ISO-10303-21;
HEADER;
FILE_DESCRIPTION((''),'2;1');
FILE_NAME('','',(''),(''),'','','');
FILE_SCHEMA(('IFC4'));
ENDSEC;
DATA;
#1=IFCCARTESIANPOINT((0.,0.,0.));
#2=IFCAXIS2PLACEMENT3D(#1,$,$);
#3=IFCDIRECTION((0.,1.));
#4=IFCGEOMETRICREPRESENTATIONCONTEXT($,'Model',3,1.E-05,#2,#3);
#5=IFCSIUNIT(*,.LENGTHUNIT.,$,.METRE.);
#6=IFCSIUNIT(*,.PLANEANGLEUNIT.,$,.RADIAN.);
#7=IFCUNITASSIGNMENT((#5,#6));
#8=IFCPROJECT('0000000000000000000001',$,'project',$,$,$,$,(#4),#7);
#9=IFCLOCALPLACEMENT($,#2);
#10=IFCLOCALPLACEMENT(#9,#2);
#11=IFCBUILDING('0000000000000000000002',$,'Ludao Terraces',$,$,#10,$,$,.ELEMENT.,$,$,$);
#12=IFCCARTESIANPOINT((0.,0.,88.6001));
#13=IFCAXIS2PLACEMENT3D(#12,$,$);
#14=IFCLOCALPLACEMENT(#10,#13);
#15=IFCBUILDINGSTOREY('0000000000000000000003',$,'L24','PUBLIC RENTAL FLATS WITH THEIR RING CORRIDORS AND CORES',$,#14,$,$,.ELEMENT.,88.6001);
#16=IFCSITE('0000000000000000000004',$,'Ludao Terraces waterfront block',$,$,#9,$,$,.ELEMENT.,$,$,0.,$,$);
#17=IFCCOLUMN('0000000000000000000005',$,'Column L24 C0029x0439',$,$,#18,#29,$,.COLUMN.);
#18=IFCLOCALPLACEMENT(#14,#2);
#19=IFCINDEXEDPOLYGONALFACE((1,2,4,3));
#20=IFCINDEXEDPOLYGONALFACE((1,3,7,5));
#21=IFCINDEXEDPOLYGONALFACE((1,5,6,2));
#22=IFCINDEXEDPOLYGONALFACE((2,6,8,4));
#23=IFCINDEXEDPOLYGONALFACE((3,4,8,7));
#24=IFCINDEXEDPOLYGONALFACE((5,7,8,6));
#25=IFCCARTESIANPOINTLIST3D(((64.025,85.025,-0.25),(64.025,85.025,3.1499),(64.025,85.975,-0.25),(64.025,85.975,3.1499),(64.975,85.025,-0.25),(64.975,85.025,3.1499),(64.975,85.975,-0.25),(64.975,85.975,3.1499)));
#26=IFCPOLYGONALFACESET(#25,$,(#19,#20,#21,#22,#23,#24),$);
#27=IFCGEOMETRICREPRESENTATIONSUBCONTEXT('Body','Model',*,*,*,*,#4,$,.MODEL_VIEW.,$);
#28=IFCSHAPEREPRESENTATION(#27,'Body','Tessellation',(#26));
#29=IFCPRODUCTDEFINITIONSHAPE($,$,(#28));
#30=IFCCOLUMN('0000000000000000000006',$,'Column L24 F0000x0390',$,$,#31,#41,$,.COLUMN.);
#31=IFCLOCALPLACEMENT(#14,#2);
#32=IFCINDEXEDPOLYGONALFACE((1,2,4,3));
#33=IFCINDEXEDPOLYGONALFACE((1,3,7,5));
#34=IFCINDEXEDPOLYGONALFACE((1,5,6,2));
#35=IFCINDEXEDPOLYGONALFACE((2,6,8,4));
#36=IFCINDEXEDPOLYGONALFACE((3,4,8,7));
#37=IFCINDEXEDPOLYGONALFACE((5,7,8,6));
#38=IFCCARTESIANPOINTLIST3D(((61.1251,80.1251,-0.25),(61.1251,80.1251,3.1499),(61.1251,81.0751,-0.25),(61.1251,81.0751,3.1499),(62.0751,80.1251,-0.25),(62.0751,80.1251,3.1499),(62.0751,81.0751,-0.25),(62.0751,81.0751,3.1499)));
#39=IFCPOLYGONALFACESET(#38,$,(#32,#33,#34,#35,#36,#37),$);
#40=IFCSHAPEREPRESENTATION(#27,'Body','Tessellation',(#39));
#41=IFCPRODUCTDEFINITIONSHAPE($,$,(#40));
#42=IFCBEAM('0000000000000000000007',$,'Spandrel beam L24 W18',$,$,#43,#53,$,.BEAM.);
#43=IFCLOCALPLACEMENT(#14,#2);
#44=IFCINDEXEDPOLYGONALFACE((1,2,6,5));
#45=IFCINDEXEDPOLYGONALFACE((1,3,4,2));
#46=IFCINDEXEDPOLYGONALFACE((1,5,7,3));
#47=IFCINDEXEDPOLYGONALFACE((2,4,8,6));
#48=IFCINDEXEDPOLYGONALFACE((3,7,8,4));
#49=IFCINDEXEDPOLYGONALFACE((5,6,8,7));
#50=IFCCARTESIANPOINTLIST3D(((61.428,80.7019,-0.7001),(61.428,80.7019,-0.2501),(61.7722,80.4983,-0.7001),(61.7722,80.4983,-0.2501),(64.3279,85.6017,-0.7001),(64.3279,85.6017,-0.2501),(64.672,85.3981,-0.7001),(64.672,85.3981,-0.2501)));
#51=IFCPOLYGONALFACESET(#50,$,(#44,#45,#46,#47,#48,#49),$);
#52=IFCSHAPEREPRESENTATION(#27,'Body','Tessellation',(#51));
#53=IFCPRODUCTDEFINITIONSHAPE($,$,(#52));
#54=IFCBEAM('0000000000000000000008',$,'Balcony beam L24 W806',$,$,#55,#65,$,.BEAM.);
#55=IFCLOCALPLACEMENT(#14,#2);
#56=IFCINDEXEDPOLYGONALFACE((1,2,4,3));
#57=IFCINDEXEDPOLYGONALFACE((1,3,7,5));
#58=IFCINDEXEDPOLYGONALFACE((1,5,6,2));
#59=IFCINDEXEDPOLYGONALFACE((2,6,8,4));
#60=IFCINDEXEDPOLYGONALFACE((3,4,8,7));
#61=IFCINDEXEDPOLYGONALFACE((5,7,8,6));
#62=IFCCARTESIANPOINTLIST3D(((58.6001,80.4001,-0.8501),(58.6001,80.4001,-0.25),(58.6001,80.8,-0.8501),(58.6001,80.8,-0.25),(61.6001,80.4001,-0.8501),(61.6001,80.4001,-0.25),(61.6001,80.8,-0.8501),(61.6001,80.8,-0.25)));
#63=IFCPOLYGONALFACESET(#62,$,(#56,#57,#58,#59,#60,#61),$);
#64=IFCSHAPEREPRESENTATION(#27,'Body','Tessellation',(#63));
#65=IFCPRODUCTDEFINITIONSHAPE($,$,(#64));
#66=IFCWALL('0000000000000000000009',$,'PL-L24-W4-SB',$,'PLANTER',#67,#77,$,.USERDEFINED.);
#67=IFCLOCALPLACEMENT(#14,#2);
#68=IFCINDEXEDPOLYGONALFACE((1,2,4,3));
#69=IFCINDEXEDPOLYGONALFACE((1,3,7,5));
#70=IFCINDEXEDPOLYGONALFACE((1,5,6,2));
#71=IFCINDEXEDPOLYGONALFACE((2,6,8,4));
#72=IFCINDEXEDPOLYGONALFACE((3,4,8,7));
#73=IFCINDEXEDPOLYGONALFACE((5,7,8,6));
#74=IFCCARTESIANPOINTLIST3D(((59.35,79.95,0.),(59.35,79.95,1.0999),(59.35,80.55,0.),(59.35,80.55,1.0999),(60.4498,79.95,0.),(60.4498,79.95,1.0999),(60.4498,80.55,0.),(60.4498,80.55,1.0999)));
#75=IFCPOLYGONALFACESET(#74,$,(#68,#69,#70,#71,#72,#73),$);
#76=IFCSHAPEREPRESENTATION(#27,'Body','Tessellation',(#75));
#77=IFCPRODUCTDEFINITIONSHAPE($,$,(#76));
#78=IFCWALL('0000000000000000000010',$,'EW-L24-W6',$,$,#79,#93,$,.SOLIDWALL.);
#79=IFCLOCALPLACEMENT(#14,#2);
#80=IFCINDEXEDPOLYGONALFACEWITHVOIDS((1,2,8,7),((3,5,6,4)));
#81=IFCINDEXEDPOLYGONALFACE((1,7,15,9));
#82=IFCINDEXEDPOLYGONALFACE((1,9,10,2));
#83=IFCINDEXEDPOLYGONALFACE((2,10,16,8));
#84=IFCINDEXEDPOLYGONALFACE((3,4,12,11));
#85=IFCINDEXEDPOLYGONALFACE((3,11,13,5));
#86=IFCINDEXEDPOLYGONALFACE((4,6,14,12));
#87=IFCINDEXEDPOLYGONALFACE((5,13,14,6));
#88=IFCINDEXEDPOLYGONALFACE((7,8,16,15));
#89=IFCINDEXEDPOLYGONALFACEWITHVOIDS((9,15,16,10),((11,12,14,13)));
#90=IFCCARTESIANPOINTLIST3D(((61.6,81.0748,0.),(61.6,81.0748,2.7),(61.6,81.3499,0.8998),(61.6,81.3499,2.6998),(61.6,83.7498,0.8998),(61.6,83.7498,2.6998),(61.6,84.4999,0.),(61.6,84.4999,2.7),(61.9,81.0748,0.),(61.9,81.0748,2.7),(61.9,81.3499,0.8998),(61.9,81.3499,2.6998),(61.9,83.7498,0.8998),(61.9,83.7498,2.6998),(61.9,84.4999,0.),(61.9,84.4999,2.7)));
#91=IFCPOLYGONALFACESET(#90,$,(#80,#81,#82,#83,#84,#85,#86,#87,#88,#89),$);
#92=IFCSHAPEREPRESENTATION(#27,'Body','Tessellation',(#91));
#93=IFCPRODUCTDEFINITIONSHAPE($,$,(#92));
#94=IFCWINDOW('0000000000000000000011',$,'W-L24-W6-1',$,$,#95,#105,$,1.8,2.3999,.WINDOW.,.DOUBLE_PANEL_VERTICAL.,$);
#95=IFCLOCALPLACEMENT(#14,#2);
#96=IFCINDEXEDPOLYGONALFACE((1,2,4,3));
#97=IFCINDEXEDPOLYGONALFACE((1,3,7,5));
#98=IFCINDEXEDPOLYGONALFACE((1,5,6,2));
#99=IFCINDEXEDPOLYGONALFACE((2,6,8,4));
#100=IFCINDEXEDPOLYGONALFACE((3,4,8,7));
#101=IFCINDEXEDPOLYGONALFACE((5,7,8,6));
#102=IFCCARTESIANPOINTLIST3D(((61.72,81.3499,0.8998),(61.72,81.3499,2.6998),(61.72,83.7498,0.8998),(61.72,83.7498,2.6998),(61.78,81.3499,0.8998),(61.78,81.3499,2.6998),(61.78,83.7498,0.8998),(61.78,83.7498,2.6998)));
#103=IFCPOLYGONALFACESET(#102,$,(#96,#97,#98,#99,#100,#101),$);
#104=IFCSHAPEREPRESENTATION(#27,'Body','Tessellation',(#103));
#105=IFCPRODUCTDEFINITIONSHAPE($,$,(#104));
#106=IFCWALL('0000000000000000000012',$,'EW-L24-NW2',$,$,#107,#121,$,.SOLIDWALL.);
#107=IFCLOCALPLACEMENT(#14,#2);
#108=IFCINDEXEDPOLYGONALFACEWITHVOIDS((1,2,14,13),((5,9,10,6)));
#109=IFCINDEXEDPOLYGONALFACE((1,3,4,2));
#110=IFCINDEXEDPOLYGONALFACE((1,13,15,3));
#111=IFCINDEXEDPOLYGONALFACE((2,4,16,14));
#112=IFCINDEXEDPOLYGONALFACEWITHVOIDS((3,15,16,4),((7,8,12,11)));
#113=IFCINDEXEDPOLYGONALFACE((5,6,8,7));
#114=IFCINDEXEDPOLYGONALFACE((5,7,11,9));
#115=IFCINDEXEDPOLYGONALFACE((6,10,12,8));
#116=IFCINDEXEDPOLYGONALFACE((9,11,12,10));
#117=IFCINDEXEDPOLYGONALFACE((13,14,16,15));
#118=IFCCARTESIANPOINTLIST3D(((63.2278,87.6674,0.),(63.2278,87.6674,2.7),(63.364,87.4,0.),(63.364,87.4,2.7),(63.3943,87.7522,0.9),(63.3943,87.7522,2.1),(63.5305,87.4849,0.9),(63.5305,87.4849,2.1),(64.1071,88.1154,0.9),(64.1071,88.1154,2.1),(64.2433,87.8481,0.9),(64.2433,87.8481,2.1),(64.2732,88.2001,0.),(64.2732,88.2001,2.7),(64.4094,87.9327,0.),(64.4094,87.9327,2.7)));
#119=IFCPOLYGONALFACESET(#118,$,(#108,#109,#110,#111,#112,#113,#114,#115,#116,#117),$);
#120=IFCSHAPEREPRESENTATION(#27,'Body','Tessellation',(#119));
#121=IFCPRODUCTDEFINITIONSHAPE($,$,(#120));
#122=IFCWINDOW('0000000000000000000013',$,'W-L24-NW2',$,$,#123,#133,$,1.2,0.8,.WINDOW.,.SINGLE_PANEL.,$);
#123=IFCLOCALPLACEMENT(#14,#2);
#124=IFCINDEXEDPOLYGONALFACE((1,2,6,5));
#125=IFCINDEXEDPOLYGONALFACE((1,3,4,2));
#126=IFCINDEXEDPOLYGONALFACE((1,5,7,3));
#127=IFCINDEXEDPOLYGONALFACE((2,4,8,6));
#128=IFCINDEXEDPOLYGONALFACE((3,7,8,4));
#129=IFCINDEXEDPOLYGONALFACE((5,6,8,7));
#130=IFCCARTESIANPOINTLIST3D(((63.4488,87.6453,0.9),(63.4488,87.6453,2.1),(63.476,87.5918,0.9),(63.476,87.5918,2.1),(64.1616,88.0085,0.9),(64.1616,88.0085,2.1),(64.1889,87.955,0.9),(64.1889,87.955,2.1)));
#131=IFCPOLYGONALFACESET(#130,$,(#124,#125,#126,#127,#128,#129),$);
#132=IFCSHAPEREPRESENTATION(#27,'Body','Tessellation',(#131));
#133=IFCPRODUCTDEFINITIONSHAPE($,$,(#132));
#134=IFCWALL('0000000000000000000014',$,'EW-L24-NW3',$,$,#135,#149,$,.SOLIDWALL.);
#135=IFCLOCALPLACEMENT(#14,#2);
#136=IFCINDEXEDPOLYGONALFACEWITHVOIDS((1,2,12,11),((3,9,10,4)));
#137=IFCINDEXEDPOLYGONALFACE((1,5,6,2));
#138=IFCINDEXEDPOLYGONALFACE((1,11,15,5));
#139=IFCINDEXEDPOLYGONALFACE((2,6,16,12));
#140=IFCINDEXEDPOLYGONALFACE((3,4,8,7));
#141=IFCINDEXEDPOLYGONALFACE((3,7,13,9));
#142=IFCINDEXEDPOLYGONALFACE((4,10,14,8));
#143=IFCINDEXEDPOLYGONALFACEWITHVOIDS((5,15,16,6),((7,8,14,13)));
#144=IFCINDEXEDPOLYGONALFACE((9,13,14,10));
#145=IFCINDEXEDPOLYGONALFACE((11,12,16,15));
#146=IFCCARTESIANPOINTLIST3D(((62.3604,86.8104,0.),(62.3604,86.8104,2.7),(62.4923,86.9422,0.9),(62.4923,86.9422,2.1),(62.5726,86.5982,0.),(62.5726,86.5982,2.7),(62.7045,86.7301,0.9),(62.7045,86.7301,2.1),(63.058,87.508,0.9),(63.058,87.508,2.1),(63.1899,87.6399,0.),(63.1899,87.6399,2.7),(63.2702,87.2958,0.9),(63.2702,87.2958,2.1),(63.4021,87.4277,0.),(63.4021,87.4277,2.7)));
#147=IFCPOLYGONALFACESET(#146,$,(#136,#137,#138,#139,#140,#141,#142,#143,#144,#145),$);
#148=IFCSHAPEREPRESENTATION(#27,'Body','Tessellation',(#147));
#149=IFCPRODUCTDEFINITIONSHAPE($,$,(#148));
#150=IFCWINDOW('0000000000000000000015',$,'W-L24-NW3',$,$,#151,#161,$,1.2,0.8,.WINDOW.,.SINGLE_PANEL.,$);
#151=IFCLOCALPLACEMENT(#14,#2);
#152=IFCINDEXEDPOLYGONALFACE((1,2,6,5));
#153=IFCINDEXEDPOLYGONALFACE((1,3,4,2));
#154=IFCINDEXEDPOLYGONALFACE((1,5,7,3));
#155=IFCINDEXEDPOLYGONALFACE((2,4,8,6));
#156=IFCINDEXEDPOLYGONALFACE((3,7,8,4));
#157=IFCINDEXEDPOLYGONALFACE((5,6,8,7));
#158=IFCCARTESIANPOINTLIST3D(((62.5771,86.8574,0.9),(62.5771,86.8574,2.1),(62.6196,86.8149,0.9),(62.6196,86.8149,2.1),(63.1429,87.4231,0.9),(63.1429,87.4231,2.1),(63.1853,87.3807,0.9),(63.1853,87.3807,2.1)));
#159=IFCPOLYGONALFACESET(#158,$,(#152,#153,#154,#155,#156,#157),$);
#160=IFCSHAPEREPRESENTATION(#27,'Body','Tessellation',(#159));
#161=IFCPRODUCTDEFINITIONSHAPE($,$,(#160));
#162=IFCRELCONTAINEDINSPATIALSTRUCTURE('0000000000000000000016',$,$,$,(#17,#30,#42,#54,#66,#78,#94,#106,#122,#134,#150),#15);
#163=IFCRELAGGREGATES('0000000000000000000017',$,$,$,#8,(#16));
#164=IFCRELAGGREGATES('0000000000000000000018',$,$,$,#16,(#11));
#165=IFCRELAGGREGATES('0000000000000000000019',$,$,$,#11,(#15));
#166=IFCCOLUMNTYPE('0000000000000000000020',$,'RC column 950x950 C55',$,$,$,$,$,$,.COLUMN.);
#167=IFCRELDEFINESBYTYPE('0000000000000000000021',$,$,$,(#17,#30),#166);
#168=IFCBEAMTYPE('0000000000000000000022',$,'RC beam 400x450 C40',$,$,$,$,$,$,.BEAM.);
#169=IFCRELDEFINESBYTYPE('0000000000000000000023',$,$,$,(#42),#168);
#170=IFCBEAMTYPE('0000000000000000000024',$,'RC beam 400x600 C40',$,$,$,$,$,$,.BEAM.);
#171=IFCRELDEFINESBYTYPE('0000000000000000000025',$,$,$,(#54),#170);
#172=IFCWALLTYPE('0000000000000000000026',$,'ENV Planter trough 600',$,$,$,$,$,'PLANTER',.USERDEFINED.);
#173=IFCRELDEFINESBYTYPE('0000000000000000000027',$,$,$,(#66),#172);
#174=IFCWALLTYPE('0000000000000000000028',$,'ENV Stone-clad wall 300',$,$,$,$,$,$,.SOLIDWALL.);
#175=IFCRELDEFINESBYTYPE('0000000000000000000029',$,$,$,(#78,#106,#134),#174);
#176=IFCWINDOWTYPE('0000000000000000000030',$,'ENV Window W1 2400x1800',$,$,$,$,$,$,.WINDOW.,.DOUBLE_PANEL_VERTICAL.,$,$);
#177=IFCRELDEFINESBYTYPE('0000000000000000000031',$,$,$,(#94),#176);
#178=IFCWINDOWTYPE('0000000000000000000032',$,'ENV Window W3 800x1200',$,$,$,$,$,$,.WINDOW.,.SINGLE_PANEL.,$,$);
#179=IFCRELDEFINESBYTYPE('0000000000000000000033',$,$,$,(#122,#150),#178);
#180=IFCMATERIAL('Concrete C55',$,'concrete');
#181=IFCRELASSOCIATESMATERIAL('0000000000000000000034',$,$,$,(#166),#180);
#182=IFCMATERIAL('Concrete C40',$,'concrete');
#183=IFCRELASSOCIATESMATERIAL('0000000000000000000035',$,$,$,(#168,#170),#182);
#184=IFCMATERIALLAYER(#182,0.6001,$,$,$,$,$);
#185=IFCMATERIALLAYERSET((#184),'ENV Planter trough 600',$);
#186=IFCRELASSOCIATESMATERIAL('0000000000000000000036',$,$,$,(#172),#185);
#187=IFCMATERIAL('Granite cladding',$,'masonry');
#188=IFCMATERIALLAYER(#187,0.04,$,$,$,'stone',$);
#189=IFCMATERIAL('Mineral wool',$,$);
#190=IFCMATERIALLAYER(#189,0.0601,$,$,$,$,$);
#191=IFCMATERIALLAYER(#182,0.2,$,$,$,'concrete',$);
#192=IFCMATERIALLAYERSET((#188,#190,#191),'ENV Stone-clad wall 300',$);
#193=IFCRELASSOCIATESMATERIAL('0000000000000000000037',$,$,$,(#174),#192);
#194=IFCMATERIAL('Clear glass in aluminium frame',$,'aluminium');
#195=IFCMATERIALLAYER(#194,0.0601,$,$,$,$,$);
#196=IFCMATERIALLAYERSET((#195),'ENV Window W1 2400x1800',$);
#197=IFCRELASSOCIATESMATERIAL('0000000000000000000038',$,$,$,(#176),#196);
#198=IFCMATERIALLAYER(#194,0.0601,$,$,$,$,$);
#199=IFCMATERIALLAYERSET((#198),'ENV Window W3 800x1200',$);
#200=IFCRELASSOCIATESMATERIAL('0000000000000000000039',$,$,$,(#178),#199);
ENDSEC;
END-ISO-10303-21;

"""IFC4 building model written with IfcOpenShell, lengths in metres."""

from ifc_helpers import new_model, si_unit, direction, frame, frame_2d, origin, origin_2d, place, context, subcontext, project, spatial, rectangle, extrude, material, layer, layer_set, material_profile, profile_set, type_object, element, fill, save


model = new_model("IFC4")

# Units and contexts
model_context = context("Model", 3, precision=1e-05, world=origin(), true_north=direction((0.0, 1.0)))
body_context = subcontext(model_context, "Body", "Model", "MODEL_VIEW")
ifc_project = project(units=[si_unit("LENGTHUNIT", "METRE"), si_unit("PLANEANGLEUNIT", "RADIAN")], contexts=[model_context])

# Site, building, storey
site_placement = place(None, origin())
site = spatial("IfcSite", under=ifc_project, at=site_placement, Name="Ludao Terraces waterfront block", CompositionType="ELEMENT", RefElevation=0.0)
building_placement = place(site_placement, origin())
building = spatial("IfcBuilding", under=site, at=building_placement, Name="Ludao Terraces", CompositionType="ELEMENT")
storey_placement = place(building_placement, frame((0.0, 0.0, 88.6001)))
storey = spatial("IfcBuildingStorey", under=building, at=storey_placement, Name="L24", Description="PUBLIC RENTAL FLATS WITH THEIR RING CORRIDORS AND CORES", CompositionType="ELEMENT", Elevation=88.6001)

# Columns
ifc_material_1 = material(Name="Concrete C55", Category="concrete")
ifc_material_profile_1 = material_profile(ifc_material_1, rectangle(XDim=0.95, YDim=0.95, at=origin_2d()), Name="950 X 950")
ifc_profile_set_1 = profile_set([ifc_material_profile_1], Name="Concrete C55")
column_type = type_object("IfcColumnType", Name="RC column 950x950 C55", PredefinedType="COLUMN", material=ifc_profile_set_1)
for number, where, z_axis, x_axis, name in (
    (1, (64.5, 85.5, -0.25), (0.0, 0.0, 1.0), (1.0, 0.0, 0.0), "Column L24 C0029x0439"),
    (2, (61.6001, 80.6001, -0.25), (0.0, 0.0, 1.0), (1.0, 0.0, 0.0), "Column L24 F0000x0390"),
):
    element("IfcColumn", number, at=place(storey_placement, frame(where, z_axis=z_axis, x_axis=x_axis)), inside=storey, type_object=column_type, Name=name, PredefinedType="COLUMN", context=body_context, shape_type="SweptSolid", body=[
        extrude(rectangle(XDim=0.95, YDim=0.95, at=origin_2d()), origin(), (0.0, 0.0, 1.0), 3.3999),
    ])

# Beams
ifc_material_2 = material(Name="Concrete C40", Category="concrete")
ifc_material_profile_2 = material_profile(ifc_material_2, rectangle(XDim=0.3999, YDim=0.45, at=origin_2d()), Name="400 X 450")
ifc_profile_set_2 = profile_set([ifc_material_profile_2], Name="Concrete C40")
beam_type_1 = type_object("IfcBeamType", Name="RC beam 400x450 C40", PredefinedType="BEAM", material=ifc_profile_set_2)
beam_1_placement = place(storey_placement, frame((61.6001, 80.6001, -0.4751), z_axis=(0.509316, 0.86058, 0.0), x_axis=(-0.86058, 0.509316, 0.0)))
element("IfcBeam", 3, at=beam_1_placement, inside=storey, type_object=beam_type_1, Name="Spandrel beam L24 W18", PredefinedType="BEAM", context=body_context, shape_type="SweptSolid", body=[
    extrude(rectangle(XDim=0.3999, YDim=0.45, at=origin_2d()), origin(), (0.0, 0.0, 1.0), 5.6936),
])
ifc_material_profile_3 = material_profile(ifc_material_2, rectangle(XDim=0.3999, YDim=0.6001, at=origin_2d()), Name="400 X 600")
ifc_profile_set_3 = profile_set([ifc_material_profile_3], Name="Concrete C40")
beam_type_2 = type_object("IfcBeamType", Name="RC beam 400x600 C40", PredefinedType="BEAM", material=ifc_profile_set_3)
beam_2_placement = place(storey_placement, frame((61.6001, 80.6001, -0.55), z_axis=(-1.0, 0.0, 0.0), x_axis=(0.0, -1.0, 0.0)))
element("IfcBeam", 4, at=beam_2_placement, inside=storey, type_object=beam_type_2, Name="Balcony beam L24 W806", PredefinedType="BEAM", context=body_context, shape_type="SweptSolid", body=[
    extrude(rectangle(XDim=0.3999, YDim=0.6001, at=origin_2d()), origin(), (0.0, 0.0, 1.0), 3.0),
])

# Wall
ifc_layer_1 = layer(ifc_material_2, 0.6001)
ifc_layer_set_1 = layer_set([ifc_layer_1], Name="ENV Planter trough 600")
wall_type_1 = type_object("IfcWallType", Name="ENV Planter trough 600", ElementType="PLANTER", PredefinedType="USERDEFINED", material=ifc_layer_set_1)
wall_1_placement = place(storey_placement, frame((59.3501, 80.25, 0.0), z_axis=(0.0, 0.0, 1.0), x_axis=(1.0, 0.0, 0.0)))
element("IfcWall", 5, at=wall_1_placement, inside=storey, type_object=wall_type_1, Name="PL-L24-W4-SB", ObjectType="PLANTER", PredefinedType="USERDEFINED", context=body_context, shape_type="SweptSolid", body=[
    extrude(rectangle(XDim=1.0999, YDim=0.6001, at=frame_2d((0.5498, 0.0))), origin(), (0.0, 0.0, 1.0), 1.0999),
])

# Walls, openings, windows
ifc_material_3 = material(Name="Granite cladding", Category="masonry")
ifc_layer_2 = layer(ifc_material_3, 0.04, Category="stone")
ifc_material_4 = material(Name="Mineral wool")
ifc_layer_3 = layer(ifc_material_4, 0.0601)
ifc_layer_4 = layer(ifc_material_2, 0.2, Category="concrete")
ifc_layer_set_2 = layer_set([ifc_layer_2, ifc_layer_3, ifc_layer_4], Name="ENV Stone-clad wall 300")
wall_type_2 = type_object("IfcWallType", Name="ENV Stone-clad wall 300", PredefinedType="SOLIDWALL", material=ifc_layer_set_2)
wall_2_placement = place(storey_placement, frame((61.75, 81.075, 0.0), z_axis=(0.0, 0.0, 1.0), x_axis=(0.0, 1.0, 0.0)))
wall_2 = element("IfcWall", 6, at=wall_2_placement, inside=storey, type_object=wall_type_2, Name="EW-L24-W6", PredefinedType="SOLIDWALL", context=body_context, shape_type="SweptSolid", body=[
    extrude(rectangle(XDim=3.425, YDim=0.3, at=frame_2d((1.7124, 0.0))), origin(), (0.0, 0.0, 1.0), 2.7),
])
opening_1_placement = place(wall_2_placement, frame((0.2749, 0.0, 0.8999)))
opening_1 = element("IfcOpeningElement", 7, at=opening_1_placement, cuts=wall_2, PredefinedType="OPENING", context=body_context, shape_type="SweptSolid", body=[
    extrude(rectangle(XDim=2.3999, YDim=1.8, at=frame_2d((1.2, 0.8999))), frame((0.0, 0.1602, 0.0), z_axis=(0.0, -1.0, 0.0), x_axis=(1.0, 0.0, 0.0)), (0.0, 0.0, 1.0), 0.3201),
])
ifc_material_5 = material(Name="Clear glass in aluminium frame", Category="aluminium")
ifc_layer_5 = layer(ifc_material_5, 0.0601)
ifc_layer_set_3 = layer_set([ifc_layer_5], Name="ENV Window W1 2400x1800")
window_type_1 = type_object("IfcWindowType", Name="ENV Window W1 2400x1800", PartitioningType="DOUBLE_PANEL_VERTICAL", PredefinedType="WINDOW", material=ifc_layer_set_3)
window_1_placement = place(opening_1_placement, origin())
window_1 = element("IfcWindow", 8, at=window_1_placement, inside=storey, type_object=window_type_1, Name="W-L24-W6-1", OverallHeight=1.8, OverallWidth=2.3999, PartitioningType="DOUBLE_PANEL_VERTICAL", PredefinedType="WINDOW", context=body_context, shape_type="SweptSolid", body=[
    extrude(rectangle(XDim=2.3999, YDim=1.8, at=frame_2d((1.2, 0.8999))), frame((0.0, 0.03, 0.0), z_axis=(0.0, -1.0, 0.0), x_axis=(1.0, 0.0, 0.0)), (0.0, 0.0, 1.0), 0.0601),
])
fill(opening_1, window_1)
wall_3_placement = place(storey_placement, frame((64.3413, 88.0664, 0.0), z_axis=(0.0, 0.0, 1.0), x_axis=(-0.890989, -0.454026, 0.0)))
wall_3 = element("IfcWall", 9, at=wall_3_placement, inside=storey, type_object=wall_type_2, Name="EW-L24-NW2", PredefinedType="SOLIDWALL", context=body_context, shape_type="SweptSolid", body=[
    extrude(rectangle(XDim=1.1733, YDim=0.3, at=frame_2d((0.5867, 0.0))), origin(), (0.0, 0.0, 1.0), 2.7),
])
opening_2_placement = place(wall_3_placement, frame((0.1865, 0.0, 0.8999)))
opening_2 = element("IfcOpeningElement", 10, at=opening_2_placement, cuts=wall_3, PredefinedType="OPENING", context=body_context, shape_type="SweptSolid", body=[
    extrude(rectangle(XDim=0.8, YDim=1.2, at=frame_2d((0.3999, 0.6001))), frame((0.0, 0.1602, 0.0), z_axis=(0.0, -1.0, 0.0), x_axis=(1.0, 0.0, 0.0)), (0.0, 0.0, 1.0), 0.3201),
])
ifc_layer_6 = layer(ifc_material_5, 0.0601)
ifc_layer_set_4 = layer_set([ifc_layer_6], Name="ENV Window W3 800x1200")
window_type_2 = type_object("IfcWindowType", Name="ENV Window W3 800x1200", PartitioningType="SINGLE_PANEL", PredefinedType="WINDOW", material=ifc_layer_set_4)
window_2_placement = place(opening_2_placement, origin())
window_2 = element("IfcWindow", 11, at=window_2_placement, inside=storey, type_object=window_type_2, Name="W-L24-NW2", OverallHeight=1.2, OverallWidth=0.8, PartitioningType="SINGLE_PANEL", PredefinedType="WINDOW", context=body_context, shape_type="SweptSolid", body=[
    extrude(rectangle(XDim=0.8, YDim=1.2, at=frame_2d((0.3999, 0.6001))), frame((0.0, 0.03, 0.0), z_axis=(0.0, -1.0, 0.0), x_axis=(1.0, 0.0, 0.0)), (0.0, 0.0, 1.0), 0.0601),
])
fill(opening_2, window_2)
wall_4_placement = place(storey_placement, frame((63.2959, 87.5337, 0.0), z_axis=(0.0, 0.0, 1.0), x_axis=(-0.707107, -0.707107, 0.0)))
wall_4 = element("IfcWall", 12, at=wall_4_placement, inside=storey, type_object=wall_type_2, Name="EW-L24-NW3", PredefinedType="SOLIDWALL", context=body_context, shape_type="SweptSolid", body=[
    extrude(rectangle(XDim=1.1731, YDim=0.3, at=frame_2d((0.5864, 0.0))), origin(), (0.0, 0.0, 1.0), 2.7),
])
opening_3_placement = place(wall_4_placement, frame((0.1865, 0.0, 0.8999)))
opening_3 = element("IfcOpeningElement", 13, at=opening_3_placement, cuts=wall_4, PredefinedType="OPENING", context=body_context, shape_type="SweptSolid", body=[
    extrude(rectangle(XDim=0.8, YDim=1.2, at=frame_2d((0.3999, 0.6001))), frame((0.0, 0.1602, 0.0), z_axis=(0.0, -1.0, 0.0), x_axis=(1.0, 0.0, 0.0)), (0.0, 0.0, 1.0), 0.3201),
])
window_3_placement = place(opening_3_placement, origin())
window_3 = element("IfcWindow", 14, at=window_3_placement, inside=storey, type_object=window_type_2, Name="W-L24-NW3", OverallHeight=1.2, OverallWidth=0.8, PartitioningType="SINGLE_PANEL", PredefinedType="WINDOW", context=body_context, shape_type="SweptSolid", body=[
    extrude(rectangle(XDim=0.8, YDim=1.2, at=frame_2d((0.3999, 0.6001))), frame((0.0, 0.03, 0.0), z_axis=(0.0, -1.0, 0.0), x_axis=(1.0, 0.0, 0.0)), (0.0, 0.0, 1.0), 0.0601),
])
fill(opening_3, window_3)

save(model, "model.ifc")
